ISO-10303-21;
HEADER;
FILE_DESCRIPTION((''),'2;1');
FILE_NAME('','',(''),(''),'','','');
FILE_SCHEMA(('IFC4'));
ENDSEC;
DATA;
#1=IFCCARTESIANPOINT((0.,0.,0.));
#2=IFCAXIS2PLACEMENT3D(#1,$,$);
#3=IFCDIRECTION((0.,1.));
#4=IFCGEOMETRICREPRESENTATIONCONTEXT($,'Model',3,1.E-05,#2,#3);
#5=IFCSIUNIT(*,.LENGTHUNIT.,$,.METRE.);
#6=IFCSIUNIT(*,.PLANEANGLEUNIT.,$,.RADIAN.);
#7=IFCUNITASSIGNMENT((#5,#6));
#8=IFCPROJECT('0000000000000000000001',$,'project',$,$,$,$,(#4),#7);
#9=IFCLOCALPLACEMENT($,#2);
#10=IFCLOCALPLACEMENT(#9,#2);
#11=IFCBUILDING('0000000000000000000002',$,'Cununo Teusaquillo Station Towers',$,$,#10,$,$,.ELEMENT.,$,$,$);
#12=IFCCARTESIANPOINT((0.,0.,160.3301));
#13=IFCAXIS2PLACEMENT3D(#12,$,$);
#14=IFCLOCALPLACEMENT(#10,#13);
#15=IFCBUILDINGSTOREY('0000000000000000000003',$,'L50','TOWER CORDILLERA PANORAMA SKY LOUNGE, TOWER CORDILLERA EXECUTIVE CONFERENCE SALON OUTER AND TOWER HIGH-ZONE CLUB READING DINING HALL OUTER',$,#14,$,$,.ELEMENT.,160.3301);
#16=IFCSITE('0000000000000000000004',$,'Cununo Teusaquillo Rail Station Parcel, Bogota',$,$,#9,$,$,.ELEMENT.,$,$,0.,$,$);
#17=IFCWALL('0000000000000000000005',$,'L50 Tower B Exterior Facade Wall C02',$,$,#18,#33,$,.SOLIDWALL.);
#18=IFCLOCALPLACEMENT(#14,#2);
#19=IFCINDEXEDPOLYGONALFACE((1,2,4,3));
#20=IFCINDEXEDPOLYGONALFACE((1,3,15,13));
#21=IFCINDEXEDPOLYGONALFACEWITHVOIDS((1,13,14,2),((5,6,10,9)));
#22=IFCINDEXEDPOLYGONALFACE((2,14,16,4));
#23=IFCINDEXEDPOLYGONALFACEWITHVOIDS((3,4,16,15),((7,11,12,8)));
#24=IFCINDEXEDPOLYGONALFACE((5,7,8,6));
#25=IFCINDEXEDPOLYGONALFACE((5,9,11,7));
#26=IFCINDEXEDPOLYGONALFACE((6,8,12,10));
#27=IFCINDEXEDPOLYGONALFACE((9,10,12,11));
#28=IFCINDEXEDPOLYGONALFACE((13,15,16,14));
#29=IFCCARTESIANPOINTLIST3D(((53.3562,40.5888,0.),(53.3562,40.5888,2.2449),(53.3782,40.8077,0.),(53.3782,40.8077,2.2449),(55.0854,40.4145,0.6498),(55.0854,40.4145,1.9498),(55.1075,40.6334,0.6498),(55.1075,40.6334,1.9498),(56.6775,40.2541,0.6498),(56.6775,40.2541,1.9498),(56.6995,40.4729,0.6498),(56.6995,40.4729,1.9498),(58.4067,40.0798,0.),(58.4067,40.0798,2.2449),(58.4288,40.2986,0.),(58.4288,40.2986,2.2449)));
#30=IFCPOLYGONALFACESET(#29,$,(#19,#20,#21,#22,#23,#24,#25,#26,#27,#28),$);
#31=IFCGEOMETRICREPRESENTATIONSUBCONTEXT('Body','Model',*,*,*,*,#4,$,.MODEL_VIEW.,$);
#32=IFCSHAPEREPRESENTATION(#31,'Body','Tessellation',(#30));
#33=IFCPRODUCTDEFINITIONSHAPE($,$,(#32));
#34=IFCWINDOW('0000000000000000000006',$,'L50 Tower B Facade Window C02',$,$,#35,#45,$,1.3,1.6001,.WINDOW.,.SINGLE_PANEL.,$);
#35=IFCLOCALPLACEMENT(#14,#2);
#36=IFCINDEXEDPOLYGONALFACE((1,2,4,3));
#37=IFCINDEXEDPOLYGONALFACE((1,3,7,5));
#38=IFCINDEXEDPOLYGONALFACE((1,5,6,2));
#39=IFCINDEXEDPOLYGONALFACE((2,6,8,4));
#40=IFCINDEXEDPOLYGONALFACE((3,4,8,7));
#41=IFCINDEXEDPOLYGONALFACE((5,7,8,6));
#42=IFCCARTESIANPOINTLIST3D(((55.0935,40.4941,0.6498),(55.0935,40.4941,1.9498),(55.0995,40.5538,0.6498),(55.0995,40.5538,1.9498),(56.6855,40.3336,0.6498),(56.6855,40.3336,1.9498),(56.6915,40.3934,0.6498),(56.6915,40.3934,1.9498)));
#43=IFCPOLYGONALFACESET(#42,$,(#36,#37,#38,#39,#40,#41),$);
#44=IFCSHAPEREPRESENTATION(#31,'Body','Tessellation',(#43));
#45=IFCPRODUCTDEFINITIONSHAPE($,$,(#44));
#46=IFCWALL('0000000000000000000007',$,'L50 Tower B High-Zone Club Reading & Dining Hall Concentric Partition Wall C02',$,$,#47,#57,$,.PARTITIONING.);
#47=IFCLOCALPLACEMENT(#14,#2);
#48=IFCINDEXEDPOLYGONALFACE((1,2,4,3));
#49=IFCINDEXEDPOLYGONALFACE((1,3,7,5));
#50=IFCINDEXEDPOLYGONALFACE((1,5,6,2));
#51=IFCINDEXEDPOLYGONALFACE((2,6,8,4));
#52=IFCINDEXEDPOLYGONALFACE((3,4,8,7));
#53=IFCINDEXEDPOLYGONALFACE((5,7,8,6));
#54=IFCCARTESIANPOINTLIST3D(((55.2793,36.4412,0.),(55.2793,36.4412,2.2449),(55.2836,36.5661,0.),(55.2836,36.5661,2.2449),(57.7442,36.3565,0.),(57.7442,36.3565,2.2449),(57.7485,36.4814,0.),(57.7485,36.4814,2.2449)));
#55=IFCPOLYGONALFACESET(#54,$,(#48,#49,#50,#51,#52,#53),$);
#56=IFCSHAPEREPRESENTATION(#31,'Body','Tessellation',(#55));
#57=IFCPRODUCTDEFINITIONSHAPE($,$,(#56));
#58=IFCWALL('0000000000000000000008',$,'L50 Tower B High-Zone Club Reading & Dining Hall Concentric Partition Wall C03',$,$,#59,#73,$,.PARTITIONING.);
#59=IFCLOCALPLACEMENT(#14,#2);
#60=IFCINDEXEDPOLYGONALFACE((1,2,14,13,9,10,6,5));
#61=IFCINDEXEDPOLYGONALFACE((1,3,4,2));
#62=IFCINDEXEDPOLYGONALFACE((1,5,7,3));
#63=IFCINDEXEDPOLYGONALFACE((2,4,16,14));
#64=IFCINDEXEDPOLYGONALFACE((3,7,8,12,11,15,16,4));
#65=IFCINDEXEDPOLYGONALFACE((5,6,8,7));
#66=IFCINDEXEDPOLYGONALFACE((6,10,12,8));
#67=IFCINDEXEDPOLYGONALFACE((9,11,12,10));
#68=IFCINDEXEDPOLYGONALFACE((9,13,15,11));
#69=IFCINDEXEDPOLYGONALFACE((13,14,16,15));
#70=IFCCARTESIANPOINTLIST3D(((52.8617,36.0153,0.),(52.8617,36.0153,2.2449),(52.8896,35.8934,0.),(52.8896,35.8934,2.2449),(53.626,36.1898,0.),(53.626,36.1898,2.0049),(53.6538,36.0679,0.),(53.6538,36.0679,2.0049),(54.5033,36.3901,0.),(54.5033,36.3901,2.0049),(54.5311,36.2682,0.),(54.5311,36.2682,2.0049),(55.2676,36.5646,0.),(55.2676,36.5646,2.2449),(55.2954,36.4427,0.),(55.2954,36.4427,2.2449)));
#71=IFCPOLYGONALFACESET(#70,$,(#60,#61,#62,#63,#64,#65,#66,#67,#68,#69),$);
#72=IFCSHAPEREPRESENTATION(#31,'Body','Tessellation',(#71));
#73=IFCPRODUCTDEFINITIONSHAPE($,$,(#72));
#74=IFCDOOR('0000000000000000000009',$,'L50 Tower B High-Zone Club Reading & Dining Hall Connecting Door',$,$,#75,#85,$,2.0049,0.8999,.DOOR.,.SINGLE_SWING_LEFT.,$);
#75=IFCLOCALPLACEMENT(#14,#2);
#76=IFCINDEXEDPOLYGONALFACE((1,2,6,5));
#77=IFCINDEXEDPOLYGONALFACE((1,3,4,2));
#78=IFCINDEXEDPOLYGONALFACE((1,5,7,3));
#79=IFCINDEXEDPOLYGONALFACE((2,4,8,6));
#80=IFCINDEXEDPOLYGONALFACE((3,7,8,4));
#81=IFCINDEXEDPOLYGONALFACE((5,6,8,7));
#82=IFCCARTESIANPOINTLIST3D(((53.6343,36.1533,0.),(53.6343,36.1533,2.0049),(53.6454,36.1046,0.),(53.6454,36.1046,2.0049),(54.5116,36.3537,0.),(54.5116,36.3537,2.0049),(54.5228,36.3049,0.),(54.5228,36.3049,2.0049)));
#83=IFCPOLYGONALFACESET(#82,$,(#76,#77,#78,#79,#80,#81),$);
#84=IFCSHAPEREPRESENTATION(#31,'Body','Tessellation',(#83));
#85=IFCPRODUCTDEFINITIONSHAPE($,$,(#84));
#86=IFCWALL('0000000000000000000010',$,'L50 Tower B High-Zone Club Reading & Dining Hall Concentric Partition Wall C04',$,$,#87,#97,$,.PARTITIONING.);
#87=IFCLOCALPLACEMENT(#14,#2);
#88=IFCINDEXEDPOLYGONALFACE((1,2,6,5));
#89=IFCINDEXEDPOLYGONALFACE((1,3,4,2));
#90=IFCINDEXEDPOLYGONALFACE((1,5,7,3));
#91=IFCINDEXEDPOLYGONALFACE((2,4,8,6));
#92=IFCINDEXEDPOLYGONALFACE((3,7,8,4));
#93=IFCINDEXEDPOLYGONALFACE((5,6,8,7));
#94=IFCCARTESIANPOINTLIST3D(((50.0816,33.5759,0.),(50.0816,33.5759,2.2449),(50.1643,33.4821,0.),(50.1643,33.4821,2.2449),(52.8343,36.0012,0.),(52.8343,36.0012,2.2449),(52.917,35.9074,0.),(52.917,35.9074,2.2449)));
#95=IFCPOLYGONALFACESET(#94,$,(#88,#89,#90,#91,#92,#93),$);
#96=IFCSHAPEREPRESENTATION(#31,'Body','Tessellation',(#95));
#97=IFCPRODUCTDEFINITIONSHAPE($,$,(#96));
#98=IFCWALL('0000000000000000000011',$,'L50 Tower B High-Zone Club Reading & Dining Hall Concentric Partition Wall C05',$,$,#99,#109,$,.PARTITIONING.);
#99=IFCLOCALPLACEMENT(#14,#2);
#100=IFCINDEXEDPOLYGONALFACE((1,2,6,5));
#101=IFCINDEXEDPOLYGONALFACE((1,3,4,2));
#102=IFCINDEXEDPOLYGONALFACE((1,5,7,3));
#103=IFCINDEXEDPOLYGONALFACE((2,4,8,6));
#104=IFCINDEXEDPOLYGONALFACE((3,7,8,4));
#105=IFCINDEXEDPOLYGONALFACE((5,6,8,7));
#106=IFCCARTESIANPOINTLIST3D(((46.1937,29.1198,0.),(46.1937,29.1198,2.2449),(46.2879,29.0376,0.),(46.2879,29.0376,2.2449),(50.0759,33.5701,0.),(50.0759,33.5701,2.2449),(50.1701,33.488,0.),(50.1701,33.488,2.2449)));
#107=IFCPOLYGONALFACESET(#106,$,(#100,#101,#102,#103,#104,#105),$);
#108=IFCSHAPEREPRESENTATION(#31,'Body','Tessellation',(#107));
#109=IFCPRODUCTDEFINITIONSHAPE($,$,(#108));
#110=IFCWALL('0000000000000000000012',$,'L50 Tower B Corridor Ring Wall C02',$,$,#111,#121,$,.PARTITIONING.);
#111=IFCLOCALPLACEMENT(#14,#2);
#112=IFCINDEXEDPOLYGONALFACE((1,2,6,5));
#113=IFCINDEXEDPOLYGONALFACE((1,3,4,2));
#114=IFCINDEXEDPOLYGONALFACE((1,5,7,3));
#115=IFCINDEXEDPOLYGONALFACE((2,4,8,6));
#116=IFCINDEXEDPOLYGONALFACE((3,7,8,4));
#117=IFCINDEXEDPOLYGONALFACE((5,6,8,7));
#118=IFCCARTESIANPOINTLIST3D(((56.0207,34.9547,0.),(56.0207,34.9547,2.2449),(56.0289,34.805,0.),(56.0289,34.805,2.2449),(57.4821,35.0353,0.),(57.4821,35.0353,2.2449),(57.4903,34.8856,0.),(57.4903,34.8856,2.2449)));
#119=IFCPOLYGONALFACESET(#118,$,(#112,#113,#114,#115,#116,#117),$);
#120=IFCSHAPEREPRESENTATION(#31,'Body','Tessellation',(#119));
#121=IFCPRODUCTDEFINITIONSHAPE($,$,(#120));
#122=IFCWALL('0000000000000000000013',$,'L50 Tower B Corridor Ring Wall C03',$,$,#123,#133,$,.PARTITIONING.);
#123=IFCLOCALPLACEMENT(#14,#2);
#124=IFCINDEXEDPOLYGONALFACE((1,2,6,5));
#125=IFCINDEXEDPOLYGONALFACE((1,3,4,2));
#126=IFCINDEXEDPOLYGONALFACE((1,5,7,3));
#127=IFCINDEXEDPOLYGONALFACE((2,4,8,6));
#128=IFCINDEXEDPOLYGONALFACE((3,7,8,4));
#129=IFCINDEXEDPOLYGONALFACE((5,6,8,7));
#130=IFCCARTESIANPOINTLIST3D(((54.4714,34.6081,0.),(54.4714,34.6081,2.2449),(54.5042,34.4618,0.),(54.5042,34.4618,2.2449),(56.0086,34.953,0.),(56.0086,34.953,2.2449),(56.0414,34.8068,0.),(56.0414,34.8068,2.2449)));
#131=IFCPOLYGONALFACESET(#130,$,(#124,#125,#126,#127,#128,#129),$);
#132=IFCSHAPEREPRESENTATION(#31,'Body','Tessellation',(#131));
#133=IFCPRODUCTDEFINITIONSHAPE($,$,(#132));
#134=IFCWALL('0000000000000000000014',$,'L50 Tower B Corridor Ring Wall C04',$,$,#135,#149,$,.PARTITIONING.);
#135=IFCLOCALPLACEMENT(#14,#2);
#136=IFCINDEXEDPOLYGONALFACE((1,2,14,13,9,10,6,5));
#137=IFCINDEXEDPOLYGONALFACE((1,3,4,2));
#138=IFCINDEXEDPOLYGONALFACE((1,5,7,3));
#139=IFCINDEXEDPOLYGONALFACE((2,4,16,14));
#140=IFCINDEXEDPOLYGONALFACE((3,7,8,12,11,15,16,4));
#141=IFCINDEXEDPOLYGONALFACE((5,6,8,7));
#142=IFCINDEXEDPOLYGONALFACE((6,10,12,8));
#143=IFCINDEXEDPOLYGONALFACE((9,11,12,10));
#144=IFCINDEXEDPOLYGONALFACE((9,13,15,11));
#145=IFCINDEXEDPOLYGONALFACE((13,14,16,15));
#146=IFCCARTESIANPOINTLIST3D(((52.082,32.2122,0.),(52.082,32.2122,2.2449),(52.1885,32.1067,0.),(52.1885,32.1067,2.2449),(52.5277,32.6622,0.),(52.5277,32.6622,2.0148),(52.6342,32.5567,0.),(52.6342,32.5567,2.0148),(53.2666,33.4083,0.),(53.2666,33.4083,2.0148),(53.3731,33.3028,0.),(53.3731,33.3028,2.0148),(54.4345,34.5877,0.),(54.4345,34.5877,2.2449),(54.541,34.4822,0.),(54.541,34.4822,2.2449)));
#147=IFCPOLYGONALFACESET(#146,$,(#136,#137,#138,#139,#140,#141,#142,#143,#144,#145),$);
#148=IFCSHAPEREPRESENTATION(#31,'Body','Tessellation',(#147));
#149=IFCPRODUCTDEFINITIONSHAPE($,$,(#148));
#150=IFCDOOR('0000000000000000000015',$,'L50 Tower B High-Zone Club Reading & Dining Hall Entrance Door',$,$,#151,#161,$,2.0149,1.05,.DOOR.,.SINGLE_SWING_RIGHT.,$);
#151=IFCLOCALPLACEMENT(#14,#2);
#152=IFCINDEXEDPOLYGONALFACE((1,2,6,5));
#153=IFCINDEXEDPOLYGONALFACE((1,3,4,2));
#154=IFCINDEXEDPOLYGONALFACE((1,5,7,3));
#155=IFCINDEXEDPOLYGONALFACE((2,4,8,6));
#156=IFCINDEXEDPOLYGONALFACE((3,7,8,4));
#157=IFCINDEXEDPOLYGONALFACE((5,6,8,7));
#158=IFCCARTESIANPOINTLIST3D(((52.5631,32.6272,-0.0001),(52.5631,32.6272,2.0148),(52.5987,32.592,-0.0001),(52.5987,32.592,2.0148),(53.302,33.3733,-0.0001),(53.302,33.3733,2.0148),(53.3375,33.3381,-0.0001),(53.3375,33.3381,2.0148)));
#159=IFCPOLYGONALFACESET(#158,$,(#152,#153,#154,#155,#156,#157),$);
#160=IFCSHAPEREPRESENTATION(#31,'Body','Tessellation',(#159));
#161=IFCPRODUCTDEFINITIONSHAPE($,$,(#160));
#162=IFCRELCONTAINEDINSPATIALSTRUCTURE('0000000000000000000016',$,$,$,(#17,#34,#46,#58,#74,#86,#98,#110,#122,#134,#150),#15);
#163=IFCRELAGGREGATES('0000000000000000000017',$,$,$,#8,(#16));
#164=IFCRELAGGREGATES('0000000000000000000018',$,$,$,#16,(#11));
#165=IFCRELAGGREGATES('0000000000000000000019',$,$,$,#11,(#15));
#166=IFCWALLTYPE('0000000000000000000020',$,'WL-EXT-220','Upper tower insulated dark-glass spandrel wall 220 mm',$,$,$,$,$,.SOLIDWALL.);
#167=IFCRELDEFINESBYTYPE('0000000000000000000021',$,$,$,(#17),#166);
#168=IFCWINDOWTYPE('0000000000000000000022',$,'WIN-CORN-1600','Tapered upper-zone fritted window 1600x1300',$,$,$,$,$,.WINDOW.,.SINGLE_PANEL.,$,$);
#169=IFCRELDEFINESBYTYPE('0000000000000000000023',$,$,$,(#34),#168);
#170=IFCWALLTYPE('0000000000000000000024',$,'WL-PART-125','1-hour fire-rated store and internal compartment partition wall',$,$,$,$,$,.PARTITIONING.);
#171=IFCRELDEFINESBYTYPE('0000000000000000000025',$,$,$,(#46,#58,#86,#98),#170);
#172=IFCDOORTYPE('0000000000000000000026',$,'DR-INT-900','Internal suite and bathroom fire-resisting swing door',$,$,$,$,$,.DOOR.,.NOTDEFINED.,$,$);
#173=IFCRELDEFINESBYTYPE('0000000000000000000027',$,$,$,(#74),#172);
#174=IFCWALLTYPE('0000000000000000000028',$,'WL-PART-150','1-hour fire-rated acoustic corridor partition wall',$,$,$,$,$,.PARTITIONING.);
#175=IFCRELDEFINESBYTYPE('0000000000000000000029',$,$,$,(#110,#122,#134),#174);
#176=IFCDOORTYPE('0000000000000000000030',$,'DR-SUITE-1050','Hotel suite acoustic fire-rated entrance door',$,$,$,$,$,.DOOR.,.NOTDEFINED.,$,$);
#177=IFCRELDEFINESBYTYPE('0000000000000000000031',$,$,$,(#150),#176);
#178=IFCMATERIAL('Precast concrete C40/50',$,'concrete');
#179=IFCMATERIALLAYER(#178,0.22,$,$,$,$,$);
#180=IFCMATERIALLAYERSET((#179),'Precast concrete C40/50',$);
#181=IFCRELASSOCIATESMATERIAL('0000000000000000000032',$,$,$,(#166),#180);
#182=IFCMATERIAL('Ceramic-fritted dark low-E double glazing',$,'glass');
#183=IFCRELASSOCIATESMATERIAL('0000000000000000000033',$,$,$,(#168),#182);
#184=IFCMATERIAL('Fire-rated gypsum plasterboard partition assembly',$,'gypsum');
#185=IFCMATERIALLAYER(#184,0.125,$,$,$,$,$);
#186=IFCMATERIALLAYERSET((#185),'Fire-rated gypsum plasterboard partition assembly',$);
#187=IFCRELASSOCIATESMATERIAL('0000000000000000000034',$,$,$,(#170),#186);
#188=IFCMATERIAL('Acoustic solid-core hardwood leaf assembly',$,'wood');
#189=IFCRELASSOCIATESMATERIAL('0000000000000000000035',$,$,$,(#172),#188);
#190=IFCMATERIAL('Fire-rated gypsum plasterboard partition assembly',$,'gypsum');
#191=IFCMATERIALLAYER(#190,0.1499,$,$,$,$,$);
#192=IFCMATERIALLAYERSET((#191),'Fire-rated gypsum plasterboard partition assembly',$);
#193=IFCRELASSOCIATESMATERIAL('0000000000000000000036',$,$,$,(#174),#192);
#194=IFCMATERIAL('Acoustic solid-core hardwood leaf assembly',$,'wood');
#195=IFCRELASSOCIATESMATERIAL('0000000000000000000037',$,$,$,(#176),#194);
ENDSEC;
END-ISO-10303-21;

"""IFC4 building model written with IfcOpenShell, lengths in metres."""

from ifc_helpers import new_model, si_unit, direction, frame, frame_2d, origin, place, context, subcontext, project, spatial, rectangle, extrude, source, transform, mapped, material, layer, layer_set, type_object, element, fill, save


model = new_model("IFC4")

# Units and contexts
model_context = context("Model", 3, precision=1e-05, world=origin(), true_north=direction((0.0, 1.0)))
body_context = subcontext(model_context, "Body", "Model", "MODEL_VIEW")
ifc_project = project(units=[si_unit("LENGTHUNIT", "METRE"), si_unit("PLANEANGLEUNIT", "RADIAN")], contexts=[model_context])

# Site, building, storey
site_placement = place(None, origin())
site = spatial("IfcSite", under=ifc_project, at=site_placement, Name="Cununo Teusaquillo Rail Station Parcel, Bogota", CompositionType="ELEMENT", RefElevation=0.0)
building_placement = place(site_placement, origin())
building = spatial("IfcBuilding", under=site, at=building_placement, Name="Cununo Teusaquillo Station Towers", CompositionType="ELEMENT")
storey_placement = place(building_placement, frame((0.0, 0.0, 160.3301)))
storey = spatial("IfcBuildingStorey", under=building, at=storey_placement, Name="L50", Description="TOWER CORDILLERA PANORAMA SKY LOUNGE, TOWER CORDILLERA EXECUTIVE CONFERENCE SALON OUTER AND TOWER HIGH-ZONE CLUB READING DINING HALL OUTER", CompositionType="ELEMENT", Elevation=160.3301)

# Wall, opening, window
ifc_material_1 = material(Name="Precast concrete C40/50", Category="concrete")
ifc_layer_1 = layer(ifc_material_1, 0.22)
ifc_layer_set_1 = layer_set([ifc_layer_1], Name="Precast concrete C40/50")
wall_type_1 = type_object("IfcWallType", Name="WL-EXT-220", Description="Upper tower insulated dark-glass spandrel wall 220 mm", PredefinedType="SOLIDWALL", material=ifc_layer_set_1)
wall_1_placement = place(storey_placement, frame((53.3672, 40.6982, 0.0), z_axis=(0.0, 0.0, 1.0), x_axis=(0.994959, -0.10028, 0.0)))
wall_1 = element("IfcWall", 1, at=wall_1_placement, inside=storey, type_object=wall_type_1, Name="L50 Tower B Exterior Facade Wall C02", PredefinedType="SOLIDWALL", context=body_context, shape_type="SweptSolid", body=[
    extrude(rectangle(XDim=5.0762, YDim=0.22, at=frame_2d((2.5381, 0.0))), origin(), (0.0, 0.0, 1.0), 2.2449),
])
shared_shape_1 = source(origin(), body_context, "Body", "SweptSolid", [
    extrude(rectangle(XDim=1.6001, YDim=1.3, at=frame_2d((0.8, 0.6499))), frame((0.0, 0.1199, 0.0), z_axis=(0.0, -1.0, 0.0), x_axis=(1.0, 0.0, 0.0)), (0.0, 0.0, 1.0), 0.24),
])
opening_1_placement = place(wall_1_placement, frame((1.738, 0.0, 0.6499)))
opening_1 = element("IfcOpeningElement", 2, at=opening_1_placement, cuts=wall_1, PredefinedType="OPENING", context=body_context, shape_type="MappedRepresentation", body=[
    mapped(shared_shape_1, transform((0.0, 0.0, 0.0), x_axis=(1.0, 0.0, 0.0), y_axis=(0.0, 1.0, 0.0), z_axis=(0.0, 0.0, 1.0), scale=1.0)),
])
ifc_material_2 = material(Name="Ceramic-fritted dark low-E double glazing", Category="glass")
window_type = type_object("IfcWindowType", Name="WIN-CORN-1600", Description="Tapered upper-zone fritted window 1600x1300", PartitioningType="SINGLE_PANEL", PredefinedType="WINDOW", material=ifc_material_2)
shared_shape_2 = source(origin(), body_context, "Body", "SweptSolid", [
    extrude(rectangle(XDim=1.6001, YDim=1.3, at=frame_2d((0.8, 0.6499))), frame((0.0, 0.03, 0.0), z_axis=(0.0, -1.0, 0.0), x_axis=(1.0, 0.0, 0.0)), (0.0, 0.0, 1.0), 0.0601),
])
window_placement = place(opening_1_placement, origin())
window = element("IfcWindow", 3, at=window_placement, inside=storey, type_object=window_type, Name="L50 Tower B Facade Window C02", OverallHeight=1.3, OverallWidth=1.6001, PartitioningType="SINGLE_PANEL", PredefinedType="WINDOW", context=body_context, shape_type="MappedRepresentation", body=[
    mapped(shared_shape_2, transform((0.0, 0.0, 0.0), x_axis=(1.0, 0.0, 0.0), y_axis=(0.0, 1.0, 0.0), z_axis=(0.0, 0.0, 1.0), scale=1.0)),
])
fill(opening_1, window)

# Wall
ifc_material_3 = material(Name="Fire-rated gypsum plasterboard partition assembly", Category="gypsum")
ifc_layer_2 = layer(ifc_material_3, 0.125)
ifc_layer_set_2 = layer_set([ifc_layer_2], Name="Fire-rated gypsum plasterboard partition assembly")
wall_type_2 = type_object("IfcWallType", Name="WL-PART-125", Description="1-hour fire-rated store and internal compartment partition wall", PredefinedType="PARTITIONING", material=ifc_layer_set_2)
wall_2_placement = place(storey_placement, frame((57.7463, 36.4189, 0.0), z_axis=(0.0, 0.0, 1.0), x_axis=(-0.99941, 0.03435, 0.0)))
element("IfcWall", 4, at=wall_2_placement, inside=storey, type_object=wall_type_2, Name="L50 Tower B High-Zone Club Reading & Dining Hall Concentric Partition Wall C02", PredefinedType="PARTITIONING", context=body_context, shape_type="SweptSolid", body=[
    extrude(rectangle(XDim=2.4663, YDim=0.125, at=frame_2d((1.2332, 0.0))), origin(), (0.0, 0.0, 1.0), 2.2449),
])

# Wall, opening, door
wall_3_placement = place(storey_placement, frame((55.2815, 36.5037, 0.0), z_axis=(0.0, 0.0, 1.0), x_axis=(-0.974909, -0.222605, 0.0)))
wall_3 = element("IfcWall", 5, at=wall_3_placement, inside=storey, type_object=wall_type_2, Name="L50 Tower B High-Zone Club Reading & Dining Hall Concentric Partition Wall C03", PredefinedType="PARTITIONING", context=body_context, shape_type="SweptSolid", body=[
    extrude(rectangle(XDim=2.4678, YDim=0.125, at=frame_2d((1.2339, 0.0))), origin(), (0.0, 0.0, 1.0), 2.2449),
])
shared_shape_3 = source(origin(), body_context, "Body", "SweptSolid", [
    extrude(rectangle(XDim=0.8999, YDim=2.0049, at=frame_2d((0.45, 1.0024))), frame((0.0, 0.0725, 0.0), z_axis=(0.0, -1.0, 0.0), x_axis=(1.0, 0.0, 0.0)), (0.0, 0.0, 1.0), 0.145),
])
opening_2_placement = place(wall_3_placement, frame((0.7839, 0.0, 0.0)))
opening_2 = element("IfcOpeningElement", 6, at=opening_2_placement, cuts=wall_3, PredefinedType="OPENING", context=body_context, shape_type="MappedRepresentation", body=[
    mapped(shared_shape_3, transform((0.0, 0.0, 0.0), x_axis=(1.0, 0.0, 0.0), y_axis=(0.0, 1.0, 0.0), z_axis=(0.0, 0.0, 1.0), scale=1.0)),
])
ifc_material_4 = material(Name="Acoustic solid-core hardwood leaf assembly", Category="wood")
door_type_1 = type_object("IfcDoorType", Name="DR-INT-900", Description="Internal suite and bathroom fire-resisting swing door", OperationType="NOTDEFINED", PredefinedType="DOOR", material=ifc_material_4)
shared_shape_4 = source(origin(), body_context, "Body", "SweptSolid", [
    extrude(rectangle(XDim=0.8999, YDim=2.0049, at=frame_2d((0.45, 1.0024))), frame((0.0, 0.0249, 0.0), z_axis=(0.0, -1.0, 0.0), x_axis=(1.0, 0.0, 0.0)), (0.0, 0.0, 1.0), 0.05),
])
door_1_placement = place(opening_2_placement, origin())
door_1 = element("IfcDoor", 7, at=door_1_placement, inside=storey, type_object=door_type_1, Name="L50 Tower B High-Zone Club Reading & Dining Hall Connecting Door", OperationType="SINGLE_SWING_LEFT", OverallHeight=2.0049, OverallWidth=0.8999, PredefinedType="DOOR", context=body_context, shape_type="MappedRepresentation", body=[
    mapped(shared_shape_4, transform((0.0, 0.0, 0.0), x_axis=(1.0, 0.0, 0.0), y_axis=(0.0, 1.0, 0.0), z_axis=(0.0, 0.0, 1.0), scale=1.0)),
])
fill(opening_2, door_1)

# Walls
wall_4_placement = place(storey_placement, frame((52.8757, 35.9543, 0.0), z_axis=(0.0, 0.0, 1.0), x_axis=(-0.750317, -0.661078, 0.0)))
element("IfcWall", 8, at=wall_4_placement, inside=storey, type_object=wall_type_2, Name="L50 Tower B High-Zone Club Reading & Dining Hall Concentric Partition Wall C04", PredefinedType="PARTITIONING", context=body_context, shape_type="SweptSolid", body=[
    extrude(rectangle(XDim=3.6687, YDim=0.125, at=frame_2d((1.8345, 0.0))), origin(), (0.0, 0.0, 1.0), 2.2449),
])
wall_5_placement = place(storey_placement, frame((50.123, 33.5291, 0.0), z_axis=(0.0, 0.0, 1.0), x_axis=(-0.657371, -0.753567, 0.0)))
element("IfcWall", 9, at=wall_5_placement, inside=storey, type_object=wall_type_2, Name="L50 Tower B High-Zone Club Reading & Dining Hall Concentric Partition Wall C05", PredefinedType="PARTITIONING", context=body_context, shape_type="SweptSolid", body=[
    extrude(rectangle(XDim=5.9058, YDim=0.125, at=frame_2d((2.9529, 0.0))), origin(), (0.0, 0.0, 1.0), 2.2449),
])
ifc_material_5 = material(Name="Fire-rated gypsum plasterboard partition assembly", Category="gypsum")
ifc_layer_3 = layer(ifc_material_5, 0.1499)
ifc_layer_set_3 = layer_set([ifc_layer_3], Name="Fire-rated gypsum plasterboard partition assembly")
wall_type_3 = type_object("IfcWallType", Name="WL-PART-150", Description="1-hour fire-rated acoustic corridor partition wall", PredefinedType="PARTITIONING", material=ifc_layer_set_3)
wall_6_placement = place(storey_placement, frame((57.4863, 34.9604, 0.0), z_axis=(0.0, 0.0, 1.0), x_axis=(-0.998484, -0.055045, 0.0)))
element("IfcWall", 10, at=wall_6_placement, inside=storey, type_object=wall_type_3, Name="L50 Tower B Corridor Ring Wall C02", PredefinedType="PARTITIONING", context=body_context, shape_type="SweptSolid", body=[
    extrude(rectangle(XDim=1.4636, YDim=0.1499, at=frame_2d((0.7319, 0.0))), origin(), (0.0, 0.0, 1.0), 2.2449),
])
wall_7_placement = place(storey_placement, frame((56.0249, 34.8799, 0.0), z_axis=(0.0, 0.0, 1.0), x_axis=(-0.975729, -0.218981, 0.0)))
element("IfcWall", 11, at=wall_7_placement, inside=storey, type_object=wall_type_3, Name="L50 Tower B Corridor Ring Wall C03", PredefinedType="PARTITIONING", context=body_context, shape_type="SweptSolid", body=[
    extrude(rectangle(XDim=1.5754, YDim=0.1499, at=frame_2d((0.7876, 0.0))), origin(), (0.0, 0.0, 1.0), 2.2449),
])

# Wall, opening, door
wall_8_placement = place(storey_placement, frame((54.4878, 34.5349, 0.0), z_axis=(0.0, 0.0, 1.0), x_axis=(-0.703666, -0.710531, 0.0)))
wall_8 = element("IfcWall", 12, at=wall_8_placement, inside=storey, type_object=wall_type_3, Name="L50 Tower B Corridor Ring Wall C04", PredefinedType="PARTITIONING", context=body_context, shape_type="SweptSolid", body=[
    extrude(rectangle(XDim=3.3433, YDim=0.1499, at=frame_2d((1.6716, 0.0))), origin(), (0.0, 0.0, 1.0), 2.2449),
])
shared_shape_5 = source(origin(), body_context, "Body", "SweptSolid", [
    extrude(rectangle(XDim=1.05, YDim=2.0149, at=frame_2d((0.5249, 1.0073))), frame((0.0, 0.085, 0.0), z_axis=(0.0, -1.0, 0.0), x_axis=(1.0, 0.0, 0.0)), (0.0, 0.0, 1.0), 0.1699),
])
opening_3_placement = place(wall_8_placement, frame((1.6599, 0.0, 0.0)))
opening_3 = element("IfcOpeningElement", 13, at=opening_3_placement, cuts=wall_8, PredefinedType="OPENING", context=body_context, shape_type="MappedRepresentation", body=[
    mapped(shared_shape_5, transform((0.0, 0.0, 0.0), x_axis=(1.0, 0.0, 0.0), y_axis=(0.0, 1.0, 0.0), z_axis=(0.0, 0.0, 1.0), scale=1.0)),
])
ifc_material_6 = material(Name="Acoustic solid-core hardwood leaf assembly", Category="wood")
door_type_2 = type_object("IfcDoorType", Name="DR-SUITE-1050", Description="Hotel suite acoustic fire-rated entrance door", OperationType="NOTDEFINED", PredefinedType="DOOR", material=ifc_material_6)
shared_shape_6 = source(origin(), body_context, "Body", "SweptSolid", [
    extrude(rectangle(XDim=1.05, YDim=2.0149, at=frame_2d((0.5249, 1.0073))), frame((0.0, 0.0249, 0.0), z_axis=(0.0, -1.0, 0.0), x_axis=(1.0, 0.0, 0.0)), (0.0, 0.0, 1.0), 0.05),
])
door_2_placement = place(opening_3_placement, origin())
door_2 = element("IfcDoor", 14, at=door_2_placement, inside=storey, type_object=door_type_2, Name="L50 Tower B High-Zone Club Reading & Dining Hall Entrance Door", OperationType="SINGLE_SWING_RIGHT", OverallHeight=2.0149, OverallWidth=1.05, PredefinedType="DOOR", context=body_context, shape_type="MappedRepresentation", body=[
    mapped(shared_shape_6, transform((0.0, 0.0, 0.0), x_axis=(1.0, 0.0, 0.0), y_axis=(0.0, 1.0, 0.0), z_axis=(0.0, 0.0, 1.0), scale=1.0)),
])
fill(opening_3, door_2)

save(model, "model.ifc")
